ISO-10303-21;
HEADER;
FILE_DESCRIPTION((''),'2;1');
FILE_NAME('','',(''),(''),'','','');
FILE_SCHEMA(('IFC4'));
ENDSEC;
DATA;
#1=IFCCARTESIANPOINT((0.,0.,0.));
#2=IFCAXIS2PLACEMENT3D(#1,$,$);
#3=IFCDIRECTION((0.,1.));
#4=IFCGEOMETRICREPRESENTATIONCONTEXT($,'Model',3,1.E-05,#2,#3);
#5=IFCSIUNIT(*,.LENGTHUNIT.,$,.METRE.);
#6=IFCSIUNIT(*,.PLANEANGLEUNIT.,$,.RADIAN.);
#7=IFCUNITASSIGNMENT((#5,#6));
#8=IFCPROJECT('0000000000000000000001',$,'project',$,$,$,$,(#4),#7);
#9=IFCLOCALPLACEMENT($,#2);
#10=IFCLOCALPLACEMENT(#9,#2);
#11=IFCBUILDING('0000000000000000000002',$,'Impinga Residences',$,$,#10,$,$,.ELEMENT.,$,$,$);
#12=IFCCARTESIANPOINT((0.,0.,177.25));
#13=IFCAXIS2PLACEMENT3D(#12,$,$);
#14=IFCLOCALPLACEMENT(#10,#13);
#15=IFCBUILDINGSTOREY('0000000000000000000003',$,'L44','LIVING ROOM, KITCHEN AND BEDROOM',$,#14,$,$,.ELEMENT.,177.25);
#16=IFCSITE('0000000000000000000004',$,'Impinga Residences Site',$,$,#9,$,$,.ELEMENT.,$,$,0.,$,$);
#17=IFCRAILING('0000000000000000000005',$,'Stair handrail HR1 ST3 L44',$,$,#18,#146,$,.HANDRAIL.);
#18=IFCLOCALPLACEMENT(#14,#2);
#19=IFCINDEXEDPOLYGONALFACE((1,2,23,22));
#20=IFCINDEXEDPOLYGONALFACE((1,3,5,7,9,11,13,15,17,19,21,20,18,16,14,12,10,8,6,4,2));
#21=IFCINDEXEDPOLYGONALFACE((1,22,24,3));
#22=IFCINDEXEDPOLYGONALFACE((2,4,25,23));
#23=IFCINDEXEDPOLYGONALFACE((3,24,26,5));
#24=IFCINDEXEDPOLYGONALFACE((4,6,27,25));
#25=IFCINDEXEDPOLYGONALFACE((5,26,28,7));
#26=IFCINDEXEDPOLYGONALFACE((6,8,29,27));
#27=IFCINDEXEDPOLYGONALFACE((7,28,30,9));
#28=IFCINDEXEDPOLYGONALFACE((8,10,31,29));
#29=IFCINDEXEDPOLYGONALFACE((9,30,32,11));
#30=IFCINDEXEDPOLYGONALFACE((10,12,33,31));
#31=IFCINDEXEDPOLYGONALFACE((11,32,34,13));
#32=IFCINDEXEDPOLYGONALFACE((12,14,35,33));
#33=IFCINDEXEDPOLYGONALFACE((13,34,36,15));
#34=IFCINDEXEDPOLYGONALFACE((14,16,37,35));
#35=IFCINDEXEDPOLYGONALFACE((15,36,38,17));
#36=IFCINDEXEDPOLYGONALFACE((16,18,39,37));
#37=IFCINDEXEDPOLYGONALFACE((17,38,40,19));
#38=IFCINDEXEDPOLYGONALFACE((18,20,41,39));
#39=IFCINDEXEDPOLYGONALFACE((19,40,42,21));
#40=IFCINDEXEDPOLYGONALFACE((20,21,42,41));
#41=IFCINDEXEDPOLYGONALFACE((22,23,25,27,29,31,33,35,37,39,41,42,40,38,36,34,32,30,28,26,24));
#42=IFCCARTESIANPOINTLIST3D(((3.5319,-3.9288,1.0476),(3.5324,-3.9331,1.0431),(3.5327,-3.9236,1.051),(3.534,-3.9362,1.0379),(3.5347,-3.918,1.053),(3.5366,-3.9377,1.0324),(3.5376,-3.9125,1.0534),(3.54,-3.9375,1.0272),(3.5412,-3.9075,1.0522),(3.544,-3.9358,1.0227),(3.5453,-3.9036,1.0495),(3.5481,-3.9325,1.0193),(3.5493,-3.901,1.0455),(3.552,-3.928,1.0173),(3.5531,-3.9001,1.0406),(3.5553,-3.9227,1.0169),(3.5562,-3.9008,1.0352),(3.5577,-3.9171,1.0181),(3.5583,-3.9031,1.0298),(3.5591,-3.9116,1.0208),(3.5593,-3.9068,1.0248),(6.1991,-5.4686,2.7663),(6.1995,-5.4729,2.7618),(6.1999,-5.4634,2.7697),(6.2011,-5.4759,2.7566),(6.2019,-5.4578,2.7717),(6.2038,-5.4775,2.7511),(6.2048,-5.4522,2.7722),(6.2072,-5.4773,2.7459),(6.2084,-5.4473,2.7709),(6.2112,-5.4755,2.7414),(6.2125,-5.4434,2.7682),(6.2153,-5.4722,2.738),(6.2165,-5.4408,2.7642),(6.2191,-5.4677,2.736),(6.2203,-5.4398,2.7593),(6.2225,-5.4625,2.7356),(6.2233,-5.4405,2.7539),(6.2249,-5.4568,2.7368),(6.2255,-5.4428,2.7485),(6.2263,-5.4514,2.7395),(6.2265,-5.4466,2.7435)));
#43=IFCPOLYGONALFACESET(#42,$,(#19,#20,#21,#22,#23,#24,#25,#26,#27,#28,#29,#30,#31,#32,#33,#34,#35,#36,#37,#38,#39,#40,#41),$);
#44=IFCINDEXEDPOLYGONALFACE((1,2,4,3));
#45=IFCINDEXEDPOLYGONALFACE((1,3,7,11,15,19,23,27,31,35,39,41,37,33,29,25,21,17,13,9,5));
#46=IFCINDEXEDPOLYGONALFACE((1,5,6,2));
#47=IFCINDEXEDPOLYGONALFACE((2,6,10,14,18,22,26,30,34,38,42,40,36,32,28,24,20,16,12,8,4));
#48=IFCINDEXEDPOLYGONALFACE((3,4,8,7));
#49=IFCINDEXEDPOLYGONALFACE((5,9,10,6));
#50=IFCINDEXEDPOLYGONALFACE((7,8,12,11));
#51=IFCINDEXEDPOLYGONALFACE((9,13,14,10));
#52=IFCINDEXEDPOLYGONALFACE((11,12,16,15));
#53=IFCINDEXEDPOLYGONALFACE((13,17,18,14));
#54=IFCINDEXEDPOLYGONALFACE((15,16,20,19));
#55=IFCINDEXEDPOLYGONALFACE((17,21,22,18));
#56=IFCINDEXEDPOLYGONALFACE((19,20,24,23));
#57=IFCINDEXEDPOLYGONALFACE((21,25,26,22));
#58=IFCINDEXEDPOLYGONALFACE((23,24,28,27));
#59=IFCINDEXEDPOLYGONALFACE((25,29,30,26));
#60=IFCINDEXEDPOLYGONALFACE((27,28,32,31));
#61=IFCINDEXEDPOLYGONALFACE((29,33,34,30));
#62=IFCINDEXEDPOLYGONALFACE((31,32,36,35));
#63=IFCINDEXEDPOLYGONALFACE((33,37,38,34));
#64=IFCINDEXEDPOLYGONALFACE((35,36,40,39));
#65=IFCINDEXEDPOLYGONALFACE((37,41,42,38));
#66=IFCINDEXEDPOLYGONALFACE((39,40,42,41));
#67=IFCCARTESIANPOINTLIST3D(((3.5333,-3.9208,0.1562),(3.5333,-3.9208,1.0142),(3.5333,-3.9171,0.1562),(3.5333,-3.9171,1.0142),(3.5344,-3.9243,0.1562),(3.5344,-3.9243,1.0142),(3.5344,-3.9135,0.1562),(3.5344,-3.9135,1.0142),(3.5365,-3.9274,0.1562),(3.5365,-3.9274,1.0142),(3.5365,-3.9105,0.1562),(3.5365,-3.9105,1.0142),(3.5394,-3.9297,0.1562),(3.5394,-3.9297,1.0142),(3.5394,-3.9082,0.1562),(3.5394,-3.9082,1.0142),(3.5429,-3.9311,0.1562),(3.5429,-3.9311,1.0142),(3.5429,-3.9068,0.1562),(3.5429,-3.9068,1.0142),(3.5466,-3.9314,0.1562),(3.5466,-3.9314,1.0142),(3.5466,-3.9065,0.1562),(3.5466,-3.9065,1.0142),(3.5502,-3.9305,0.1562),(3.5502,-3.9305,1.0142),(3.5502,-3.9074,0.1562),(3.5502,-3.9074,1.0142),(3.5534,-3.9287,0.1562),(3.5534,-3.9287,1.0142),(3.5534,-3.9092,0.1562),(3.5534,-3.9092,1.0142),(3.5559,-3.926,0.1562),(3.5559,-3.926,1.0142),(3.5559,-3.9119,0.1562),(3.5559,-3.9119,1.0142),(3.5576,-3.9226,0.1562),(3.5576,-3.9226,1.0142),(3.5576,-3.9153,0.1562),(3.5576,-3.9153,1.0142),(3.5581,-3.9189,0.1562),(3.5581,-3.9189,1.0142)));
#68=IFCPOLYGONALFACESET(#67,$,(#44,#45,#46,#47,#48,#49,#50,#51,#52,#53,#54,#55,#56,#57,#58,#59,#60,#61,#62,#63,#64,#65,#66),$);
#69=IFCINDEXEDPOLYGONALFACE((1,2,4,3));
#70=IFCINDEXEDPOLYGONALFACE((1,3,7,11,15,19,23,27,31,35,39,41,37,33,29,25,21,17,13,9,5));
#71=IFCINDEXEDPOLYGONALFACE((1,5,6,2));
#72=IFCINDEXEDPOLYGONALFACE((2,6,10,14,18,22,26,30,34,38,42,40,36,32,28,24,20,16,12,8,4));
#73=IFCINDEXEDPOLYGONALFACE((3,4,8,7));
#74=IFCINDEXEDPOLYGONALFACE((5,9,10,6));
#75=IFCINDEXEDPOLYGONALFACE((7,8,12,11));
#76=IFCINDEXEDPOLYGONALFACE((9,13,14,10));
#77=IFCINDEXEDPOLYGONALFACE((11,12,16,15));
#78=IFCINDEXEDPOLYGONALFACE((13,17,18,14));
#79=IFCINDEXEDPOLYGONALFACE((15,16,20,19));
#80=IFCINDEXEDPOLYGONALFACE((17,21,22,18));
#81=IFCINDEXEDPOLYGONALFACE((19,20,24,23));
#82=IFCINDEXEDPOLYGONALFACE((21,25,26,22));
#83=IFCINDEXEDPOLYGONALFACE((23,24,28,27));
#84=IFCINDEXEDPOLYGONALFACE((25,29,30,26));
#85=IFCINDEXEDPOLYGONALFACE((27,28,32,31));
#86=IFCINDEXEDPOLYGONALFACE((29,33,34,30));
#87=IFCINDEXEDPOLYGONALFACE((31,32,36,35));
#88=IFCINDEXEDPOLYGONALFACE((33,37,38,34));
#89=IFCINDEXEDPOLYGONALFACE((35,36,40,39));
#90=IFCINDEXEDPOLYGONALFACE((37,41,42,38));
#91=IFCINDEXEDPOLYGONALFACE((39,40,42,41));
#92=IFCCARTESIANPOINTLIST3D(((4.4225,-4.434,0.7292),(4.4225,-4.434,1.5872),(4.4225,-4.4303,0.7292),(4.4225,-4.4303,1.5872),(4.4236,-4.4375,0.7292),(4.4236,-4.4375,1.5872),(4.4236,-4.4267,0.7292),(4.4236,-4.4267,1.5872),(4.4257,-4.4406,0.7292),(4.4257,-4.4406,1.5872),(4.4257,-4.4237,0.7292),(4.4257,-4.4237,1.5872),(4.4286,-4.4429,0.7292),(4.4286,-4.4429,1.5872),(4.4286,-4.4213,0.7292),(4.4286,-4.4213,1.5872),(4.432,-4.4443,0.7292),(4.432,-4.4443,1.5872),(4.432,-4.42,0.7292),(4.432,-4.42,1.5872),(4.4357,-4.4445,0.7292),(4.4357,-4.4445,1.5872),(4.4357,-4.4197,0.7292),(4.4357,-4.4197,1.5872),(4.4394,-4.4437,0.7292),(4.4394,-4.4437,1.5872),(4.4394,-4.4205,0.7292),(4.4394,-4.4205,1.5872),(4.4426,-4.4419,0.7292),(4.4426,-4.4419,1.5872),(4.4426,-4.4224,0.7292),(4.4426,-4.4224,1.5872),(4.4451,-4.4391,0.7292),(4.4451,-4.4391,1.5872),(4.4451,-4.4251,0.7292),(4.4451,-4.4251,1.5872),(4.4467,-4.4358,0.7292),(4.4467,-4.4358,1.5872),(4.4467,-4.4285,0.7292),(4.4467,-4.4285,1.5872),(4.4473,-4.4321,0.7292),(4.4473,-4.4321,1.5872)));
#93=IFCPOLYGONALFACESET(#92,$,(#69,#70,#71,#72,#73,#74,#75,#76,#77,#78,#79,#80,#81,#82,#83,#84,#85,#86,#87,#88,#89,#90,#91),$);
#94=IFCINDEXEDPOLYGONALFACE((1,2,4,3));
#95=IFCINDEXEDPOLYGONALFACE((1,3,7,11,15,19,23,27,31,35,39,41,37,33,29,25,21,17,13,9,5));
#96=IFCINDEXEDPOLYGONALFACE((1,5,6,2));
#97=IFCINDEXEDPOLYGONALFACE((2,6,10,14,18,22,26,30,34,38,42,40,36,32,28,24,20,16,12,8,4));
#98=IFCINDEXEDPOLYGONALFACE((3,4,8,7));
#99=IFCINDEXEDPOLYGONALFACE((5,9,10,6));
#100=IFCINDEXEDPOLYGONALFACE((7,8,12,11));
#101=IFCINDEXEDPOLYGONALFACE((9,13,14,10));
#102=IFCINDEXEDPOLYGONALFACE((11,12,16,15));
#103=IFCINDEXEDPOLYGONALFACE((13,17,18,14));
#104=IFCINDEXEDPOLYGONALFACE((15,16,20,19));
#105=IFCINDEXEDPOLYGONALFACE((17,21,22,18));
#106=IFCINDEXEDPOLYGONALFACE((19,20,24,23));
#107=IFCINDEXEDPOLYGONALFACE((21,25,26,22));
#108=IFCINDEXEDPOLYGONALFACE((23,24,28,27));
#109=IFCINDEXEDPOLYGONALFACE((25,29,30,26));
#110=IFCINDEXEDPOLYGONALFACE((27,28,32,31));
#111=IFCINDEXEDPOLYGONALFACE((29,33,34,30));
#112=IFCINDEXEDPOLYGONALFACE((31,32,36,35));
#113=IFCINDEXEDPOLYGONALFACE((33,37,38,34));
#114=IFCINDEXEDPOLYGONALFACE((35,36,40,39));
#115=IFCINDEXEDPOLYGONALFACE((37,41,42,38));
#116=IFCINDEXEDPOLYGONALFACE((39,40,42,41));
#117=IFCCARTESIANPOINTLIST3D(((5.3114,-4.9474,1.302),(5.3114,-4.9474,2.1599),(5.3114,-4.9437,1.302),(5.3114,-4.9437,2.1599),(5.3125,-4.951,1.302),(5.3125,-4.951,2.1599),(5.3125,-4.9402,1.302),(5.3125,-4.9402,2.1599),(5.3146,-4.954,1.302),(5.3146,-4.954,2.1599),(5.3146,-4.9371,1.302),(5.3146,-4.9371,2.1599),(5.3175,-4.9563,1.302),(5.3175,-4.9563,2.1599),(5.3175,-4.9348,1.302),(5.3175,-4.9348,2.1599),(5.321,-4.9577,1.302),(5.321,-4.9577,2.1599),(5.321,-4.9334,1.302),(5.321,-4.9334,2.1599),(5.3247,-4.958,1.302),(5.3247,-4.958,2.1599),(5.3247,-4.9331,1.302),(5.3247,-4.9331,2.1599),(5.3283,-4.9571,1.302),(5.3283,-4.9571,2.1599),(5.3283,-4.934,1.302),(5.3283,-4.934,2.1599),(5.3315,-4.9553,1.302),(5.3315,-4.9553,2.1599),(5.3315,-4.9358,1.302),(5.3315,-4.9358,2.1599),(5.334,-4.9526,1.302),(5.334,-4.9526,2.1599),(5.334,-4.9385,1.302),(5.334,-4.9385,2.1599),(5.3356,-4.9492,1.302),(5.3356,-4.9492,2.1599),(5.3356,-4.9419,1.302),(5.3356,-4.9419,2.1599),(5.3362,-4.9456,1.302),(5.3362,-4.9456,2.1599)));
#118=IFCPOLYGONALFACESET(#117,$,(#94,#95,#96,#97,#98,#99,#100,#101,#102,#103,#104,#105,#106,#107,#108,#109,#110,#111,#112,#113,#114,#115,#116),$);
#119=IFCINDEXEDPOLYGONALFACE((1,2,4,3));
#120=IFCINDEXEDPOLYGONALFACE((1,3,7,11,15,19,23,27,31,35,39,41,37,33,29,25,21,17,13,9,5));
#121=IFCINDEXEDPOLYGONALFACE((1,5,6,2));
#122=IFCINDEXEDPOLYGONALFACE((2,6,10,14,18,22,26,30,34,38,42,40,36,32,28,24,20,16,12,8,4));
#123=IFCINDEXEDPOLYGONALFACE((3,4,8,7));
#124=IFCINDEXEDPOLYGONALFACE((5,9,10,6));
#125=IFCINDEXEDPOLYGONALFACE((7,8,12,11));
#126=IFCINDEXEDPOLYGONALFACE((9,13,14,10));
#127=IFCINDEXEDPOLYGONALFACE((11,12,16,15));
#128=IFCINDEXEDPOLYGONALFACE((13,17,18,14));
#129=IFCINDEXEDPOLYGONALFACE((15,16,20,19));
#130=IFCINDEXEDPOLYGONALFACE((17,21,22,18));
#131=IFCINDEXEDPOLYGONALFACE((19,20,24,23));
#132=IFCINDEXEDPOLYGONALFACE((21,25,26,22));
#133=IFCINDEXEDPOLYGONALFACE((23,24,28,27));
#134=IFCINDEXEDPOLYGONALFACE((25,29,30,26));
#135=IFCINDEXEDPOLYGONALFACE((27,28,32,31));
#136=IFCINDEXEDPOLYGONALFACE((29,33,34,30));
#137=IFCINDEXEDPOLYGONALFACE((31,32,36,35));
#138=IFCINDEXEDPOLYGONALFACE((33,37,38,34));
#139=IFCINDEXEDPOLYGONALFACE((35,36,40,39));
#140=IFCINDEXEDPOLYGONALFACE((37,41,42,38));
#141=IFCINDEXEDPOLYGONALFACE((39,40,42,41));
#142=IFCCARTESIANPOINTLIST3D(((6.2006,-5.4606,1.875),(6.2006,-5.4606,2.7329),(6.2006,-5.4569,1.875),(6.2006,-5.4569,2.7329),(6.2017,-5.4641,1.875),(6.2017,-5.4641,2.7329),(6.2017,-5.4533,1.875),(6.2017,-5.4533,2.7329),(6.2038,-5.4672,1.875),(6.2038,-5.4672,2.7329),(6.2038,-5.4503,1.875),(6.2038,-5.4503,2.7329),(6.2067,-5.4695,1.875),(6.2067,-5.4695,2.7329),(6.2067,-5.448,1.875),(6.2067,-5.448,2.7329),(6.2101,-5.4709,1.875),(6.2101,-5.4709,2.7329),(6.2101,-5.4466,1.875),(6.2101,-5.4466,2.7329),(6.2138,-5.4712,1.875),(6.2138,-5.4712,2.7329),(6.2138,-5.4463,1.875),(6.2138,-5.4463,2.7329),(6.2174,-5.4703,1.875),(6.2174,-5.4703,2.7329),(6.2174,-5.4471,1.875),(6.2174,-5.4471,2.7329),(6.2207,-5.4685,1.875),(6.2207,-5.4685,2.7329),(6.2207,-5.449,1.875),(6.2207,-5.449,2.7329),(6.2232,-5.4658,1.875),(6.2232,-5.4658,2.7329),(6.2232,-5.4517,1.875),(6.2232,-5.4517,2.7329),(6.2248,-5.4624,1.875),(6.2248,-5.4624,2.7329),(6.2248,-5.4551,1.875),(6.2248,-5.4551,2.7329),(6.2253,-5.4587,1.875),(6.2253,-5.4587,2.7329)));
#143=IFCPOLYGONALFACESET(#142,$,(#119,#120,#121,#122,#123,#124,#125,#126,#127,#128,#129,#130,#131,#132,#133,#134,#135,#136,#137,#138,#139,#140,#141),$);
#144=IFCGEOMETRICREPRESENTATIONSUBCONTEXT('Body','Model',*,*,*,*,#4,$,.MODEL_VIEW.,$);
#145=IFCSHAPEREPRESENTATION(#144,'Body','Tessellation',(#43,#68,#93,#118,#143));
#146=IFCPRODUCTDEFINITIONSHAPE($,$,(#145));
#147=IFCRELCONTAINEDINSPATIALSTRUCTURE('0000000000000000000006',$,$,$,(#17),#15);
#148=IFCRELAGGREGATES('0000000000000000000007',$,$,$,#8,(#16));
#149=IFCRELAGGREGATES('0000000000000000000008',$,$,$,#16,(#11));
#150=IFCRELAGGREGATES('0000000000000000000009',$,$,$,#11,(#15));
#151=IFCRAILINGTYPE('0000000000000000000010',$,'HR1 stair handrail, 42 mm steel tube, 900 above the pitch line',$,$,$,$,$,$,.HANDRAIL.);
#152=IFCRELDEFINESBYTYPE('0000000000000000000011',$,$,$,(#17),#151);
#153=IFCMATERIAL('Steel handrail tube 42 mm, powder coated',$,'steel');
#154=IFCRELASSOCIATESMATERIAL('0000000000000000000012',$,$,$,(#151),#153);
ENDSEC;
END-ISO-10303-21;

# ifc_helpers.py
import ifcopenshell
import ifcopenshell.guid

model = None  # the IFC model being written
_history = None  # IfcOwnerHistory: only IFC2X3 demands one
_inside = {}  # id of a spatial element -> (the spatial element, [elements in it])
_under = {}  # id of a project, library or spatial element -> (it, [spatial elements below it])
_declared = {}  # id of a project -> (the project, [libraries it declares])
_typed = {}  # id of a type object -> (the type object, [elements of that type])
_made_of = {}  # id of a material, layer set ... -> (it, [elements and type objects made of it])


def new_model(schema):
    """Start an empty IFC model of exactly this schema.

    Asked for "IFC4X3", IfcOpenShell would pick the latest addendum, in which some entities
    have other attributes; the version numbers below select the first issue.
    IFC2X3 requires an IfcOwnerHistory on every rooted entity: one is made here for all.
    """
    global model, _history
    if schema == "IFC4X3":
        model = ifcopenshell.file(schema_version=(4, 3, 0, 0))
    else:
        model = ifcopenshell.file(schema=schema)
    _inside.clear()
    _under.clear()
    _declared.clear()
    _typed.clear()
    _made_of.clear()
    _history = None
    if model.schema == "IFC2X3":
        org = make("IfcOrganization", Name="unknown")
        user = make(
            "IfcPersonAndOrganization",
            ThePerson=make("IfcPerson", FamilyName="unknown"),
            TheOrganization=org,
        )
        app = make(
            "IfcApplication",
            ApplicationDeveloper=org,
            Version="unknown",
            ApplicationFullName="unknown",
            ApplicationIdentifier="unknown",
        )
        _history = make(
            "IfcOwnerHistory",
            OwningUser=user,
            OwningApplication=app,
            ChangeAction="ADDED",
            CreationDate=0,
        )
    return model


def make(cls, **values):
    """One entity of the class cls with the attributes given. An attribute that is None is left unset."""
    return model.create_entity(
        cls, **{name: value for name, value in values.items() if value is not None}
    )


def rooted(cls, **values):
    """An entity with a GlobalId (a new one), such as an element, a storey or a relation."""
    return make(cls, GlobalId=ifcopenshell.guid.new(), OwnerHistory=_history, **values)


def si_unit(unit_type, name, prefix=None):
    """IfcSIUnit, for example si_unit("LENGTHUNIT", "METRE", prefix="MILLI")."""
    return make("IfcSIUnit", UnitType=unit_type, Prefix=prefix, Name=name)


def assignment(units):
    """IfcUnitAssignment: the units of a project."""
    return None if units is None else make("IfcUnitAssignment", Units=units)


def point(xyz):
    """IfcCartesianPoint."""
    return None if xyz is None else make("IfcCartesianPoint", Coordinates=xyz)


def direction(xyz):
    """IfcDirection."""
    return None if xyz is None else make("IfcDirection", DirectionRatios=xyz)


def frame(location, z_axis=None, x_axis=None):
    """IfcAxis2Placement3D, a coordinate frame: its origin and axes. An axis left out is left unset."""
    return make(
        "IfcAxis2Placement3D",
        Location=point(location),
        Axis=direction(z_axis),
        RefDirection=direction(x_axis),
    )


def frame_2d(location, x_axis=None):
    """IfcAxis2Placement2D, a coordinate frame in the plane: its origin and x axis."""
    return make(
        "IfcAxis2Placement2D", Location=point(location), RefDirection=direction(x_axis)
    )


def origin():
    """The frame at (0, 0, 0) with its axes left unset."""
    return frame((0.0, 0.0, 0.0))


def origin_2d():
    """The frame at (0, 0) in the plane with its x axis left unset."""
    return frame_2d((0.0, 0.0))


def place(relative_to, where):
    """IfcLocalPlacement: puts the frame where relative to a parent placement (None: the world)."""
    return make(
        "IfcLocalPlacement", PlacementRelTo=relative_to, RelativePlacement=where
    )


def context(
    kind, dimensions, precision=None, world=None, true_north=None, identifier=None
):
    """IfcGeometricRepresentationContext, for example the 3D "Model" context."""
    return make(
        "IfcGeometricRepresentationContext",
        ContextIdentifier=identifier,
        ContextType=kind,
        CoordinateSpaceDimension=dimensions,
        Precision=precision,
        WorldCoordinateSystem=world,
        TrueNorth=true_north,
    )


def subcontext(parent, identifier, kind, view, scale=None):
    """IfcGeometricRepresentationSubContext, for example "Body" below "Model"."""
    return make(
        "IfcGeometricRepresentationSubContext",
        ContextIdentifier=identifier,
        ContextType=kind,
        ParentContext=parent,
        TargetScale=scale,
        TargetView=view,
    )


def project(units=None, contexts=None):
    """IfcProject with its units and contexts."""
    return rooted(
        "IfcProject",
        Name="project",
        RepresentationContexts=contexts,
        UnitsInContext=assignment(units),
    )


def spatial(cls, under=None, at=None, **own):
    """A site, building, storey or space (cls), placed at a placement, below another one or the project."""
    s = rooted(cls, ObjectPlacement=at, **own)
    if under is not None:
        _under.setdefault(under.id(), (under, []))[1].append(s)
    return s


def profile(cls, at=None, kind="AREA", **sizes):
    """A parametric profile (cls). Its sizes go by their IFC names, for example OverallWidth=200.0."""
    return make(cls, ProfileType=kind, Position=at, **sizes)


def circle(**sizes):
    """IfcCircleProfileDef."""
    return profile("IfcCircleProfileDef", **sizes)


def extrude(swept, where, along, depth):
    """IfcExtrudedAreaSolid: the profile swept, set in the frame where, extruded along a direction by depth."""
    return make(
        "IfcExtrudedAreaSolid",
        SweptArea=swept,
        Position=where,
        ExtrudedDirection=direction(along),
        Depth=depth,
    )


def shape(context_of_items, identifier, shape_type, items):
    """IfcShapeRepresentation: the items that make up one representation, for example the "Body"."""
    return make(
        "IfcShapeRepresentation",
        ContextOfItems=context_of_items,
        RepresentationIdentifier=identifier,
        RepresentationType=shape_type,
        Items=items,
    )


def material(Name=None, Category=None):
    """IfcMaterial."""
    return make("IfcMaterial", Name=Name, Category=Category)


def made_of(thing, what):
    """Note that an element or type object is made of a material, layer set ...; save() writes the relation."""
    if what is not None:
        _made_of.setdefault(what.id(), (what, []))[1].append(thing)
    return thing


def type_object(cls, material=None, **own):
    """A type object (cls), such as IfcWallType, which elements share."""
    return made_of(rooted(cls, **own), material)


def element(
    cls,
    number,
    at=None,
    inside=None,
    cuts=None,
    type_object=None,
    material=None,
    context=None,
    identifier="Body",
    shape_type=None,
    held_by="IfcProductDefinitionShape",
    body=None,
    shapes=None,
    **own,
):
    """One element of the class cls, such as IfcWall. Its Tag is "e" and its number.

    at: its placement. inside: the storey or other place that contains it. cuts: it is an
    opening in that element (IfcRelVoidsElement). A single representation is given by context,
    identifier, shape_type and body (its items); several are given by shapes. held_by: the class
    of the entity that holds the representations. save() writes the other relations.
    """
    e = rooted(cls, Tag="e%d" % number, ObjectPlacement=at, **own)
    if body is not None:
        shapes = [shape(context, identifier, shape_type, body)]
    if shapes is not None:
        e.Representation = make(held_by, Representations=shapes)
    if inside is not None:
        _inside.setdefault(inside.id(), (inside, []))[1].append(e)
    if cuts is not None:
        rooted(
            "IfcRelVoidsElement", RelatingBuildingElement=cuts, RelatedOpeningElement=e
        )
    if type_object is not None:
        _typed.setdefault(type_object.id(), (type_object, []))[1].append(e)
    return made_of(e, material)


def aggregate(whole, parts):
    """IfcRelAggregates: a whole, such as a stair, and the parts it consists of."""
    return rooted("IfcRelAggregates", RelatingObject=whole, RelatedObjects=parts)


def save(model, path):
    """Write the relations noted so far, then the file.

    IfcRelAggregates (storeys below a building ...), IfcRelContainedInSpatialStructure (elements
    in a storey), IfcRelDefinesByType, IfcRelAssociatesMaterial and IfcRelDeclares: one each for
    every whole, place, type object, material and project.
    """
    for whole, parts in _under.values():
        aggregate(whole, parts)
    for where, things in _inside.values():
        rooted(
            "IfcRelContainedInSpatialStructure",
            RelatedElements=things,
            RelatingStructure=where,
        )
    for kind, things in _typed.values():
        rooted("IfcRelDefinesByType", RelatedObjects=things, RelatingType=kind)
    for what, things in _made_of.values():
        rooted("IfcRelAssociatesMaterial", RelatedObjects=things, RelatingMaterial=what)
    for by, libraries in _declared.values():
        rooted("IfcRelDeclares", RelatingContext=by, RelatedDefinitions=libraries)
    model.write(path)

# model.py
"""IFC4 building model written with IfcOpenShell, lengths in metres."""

from ifc_helpers import new_model, si_unit, direction, frame, origin, origin_2d, place, context, subcontext, project, spatial, circle, extrude, material, type_object, element, save


model = new_model("IFC4")

# Units and contexts
model_context = context("Model", 3, precision=1e-05, world=origin(), true_north=direction((0.0, 1.0)))
body_context = subcontext(model_context, "Body", "Model", "MODEL_VIEW")
ifc_project = project(units=[si_unit("LENGTHUNIT", "METRE"), si_unit("PLANEANGLEUNIT", "RADIAN")], contexts=[model_context])

# Site, building, storey
site_placement = place(None, origin())
site = spatial("IfcSite", under=ifc_project, at=site_placement, Name="Impinga Residences Site", CompositionType="ELEMENT", RefElevation=0.0)
building_placement = place(site_placement, origin())
building = spatial("IfcBuilding", under=site, at=building_placement, Name="Impinga Residences", CompositionType="ELEMENT")
storey_placement = place(building_placement, frame((0.0, 0.0, 177.25)))
storey = spatial("IfcBuildingStorey", under=building, at=storey_placement, Name="L44", Description="LIVING ROOM, KITCHEN AND BEDROOM", CompositionType="ELEMENT", Elevation=177.25)

# Railing
ifc_material_1 = material(Name="Steel handrail tube 42 mm, powder coated", Category="steel")
railing_type_1 = type_object("IfcRailingType", Name="HR1 stair handrail, 42 mm steel tube, 900 above the pitch line", PredefinedType="HANDRAIL", material=ifc_material_1)
railing_1_placement = place(storey_placement, frame((3.5457, -3.9189, 0.1562)))
element("IfcRailing", 1, at=railing_1_placement, inside=storey, type_object=railing_type_1, Name="Stair handrail HR1 ST3 L44", PredefinedType="HANDRAIL", context=body_context, shape_type="SweptSolid", body=[
    extrude(circle(Radius=0.021, at=origin_2d()), frame((0.0, 0.0, 0.8789), z_axis=(0.756249, -0.436582, 0.487322), x_axis=(0.499967, 0.866044, 0.0)), (0.0, 0.0, 1.0), 3.5269),
    extrude(circle(Radius=0.0125, at=origin_2d()), origin(), (0.0, 0.0, 1.0), 0.8579),
    extrude(circle(Radius=0.0125, at=origin_2d()), frame((0.8892, -0.5132, 0.573)), (0.0, 0.0, 1.0), 0.8579),
    extrude(circle(Radius=0.0125, at=origin_2d()), frame((1.7781, -1.0266, 1.1458)), (0.0, 0.0, 1.0), 0.8579),
    extrude(circle(Radius=0.0125, at=origin_2d()), frame((2.6672, -1.5398, 1.7188)), (0.0, 0.0, 1.0), 0.8579),
])

save(model, "model.ifc")
